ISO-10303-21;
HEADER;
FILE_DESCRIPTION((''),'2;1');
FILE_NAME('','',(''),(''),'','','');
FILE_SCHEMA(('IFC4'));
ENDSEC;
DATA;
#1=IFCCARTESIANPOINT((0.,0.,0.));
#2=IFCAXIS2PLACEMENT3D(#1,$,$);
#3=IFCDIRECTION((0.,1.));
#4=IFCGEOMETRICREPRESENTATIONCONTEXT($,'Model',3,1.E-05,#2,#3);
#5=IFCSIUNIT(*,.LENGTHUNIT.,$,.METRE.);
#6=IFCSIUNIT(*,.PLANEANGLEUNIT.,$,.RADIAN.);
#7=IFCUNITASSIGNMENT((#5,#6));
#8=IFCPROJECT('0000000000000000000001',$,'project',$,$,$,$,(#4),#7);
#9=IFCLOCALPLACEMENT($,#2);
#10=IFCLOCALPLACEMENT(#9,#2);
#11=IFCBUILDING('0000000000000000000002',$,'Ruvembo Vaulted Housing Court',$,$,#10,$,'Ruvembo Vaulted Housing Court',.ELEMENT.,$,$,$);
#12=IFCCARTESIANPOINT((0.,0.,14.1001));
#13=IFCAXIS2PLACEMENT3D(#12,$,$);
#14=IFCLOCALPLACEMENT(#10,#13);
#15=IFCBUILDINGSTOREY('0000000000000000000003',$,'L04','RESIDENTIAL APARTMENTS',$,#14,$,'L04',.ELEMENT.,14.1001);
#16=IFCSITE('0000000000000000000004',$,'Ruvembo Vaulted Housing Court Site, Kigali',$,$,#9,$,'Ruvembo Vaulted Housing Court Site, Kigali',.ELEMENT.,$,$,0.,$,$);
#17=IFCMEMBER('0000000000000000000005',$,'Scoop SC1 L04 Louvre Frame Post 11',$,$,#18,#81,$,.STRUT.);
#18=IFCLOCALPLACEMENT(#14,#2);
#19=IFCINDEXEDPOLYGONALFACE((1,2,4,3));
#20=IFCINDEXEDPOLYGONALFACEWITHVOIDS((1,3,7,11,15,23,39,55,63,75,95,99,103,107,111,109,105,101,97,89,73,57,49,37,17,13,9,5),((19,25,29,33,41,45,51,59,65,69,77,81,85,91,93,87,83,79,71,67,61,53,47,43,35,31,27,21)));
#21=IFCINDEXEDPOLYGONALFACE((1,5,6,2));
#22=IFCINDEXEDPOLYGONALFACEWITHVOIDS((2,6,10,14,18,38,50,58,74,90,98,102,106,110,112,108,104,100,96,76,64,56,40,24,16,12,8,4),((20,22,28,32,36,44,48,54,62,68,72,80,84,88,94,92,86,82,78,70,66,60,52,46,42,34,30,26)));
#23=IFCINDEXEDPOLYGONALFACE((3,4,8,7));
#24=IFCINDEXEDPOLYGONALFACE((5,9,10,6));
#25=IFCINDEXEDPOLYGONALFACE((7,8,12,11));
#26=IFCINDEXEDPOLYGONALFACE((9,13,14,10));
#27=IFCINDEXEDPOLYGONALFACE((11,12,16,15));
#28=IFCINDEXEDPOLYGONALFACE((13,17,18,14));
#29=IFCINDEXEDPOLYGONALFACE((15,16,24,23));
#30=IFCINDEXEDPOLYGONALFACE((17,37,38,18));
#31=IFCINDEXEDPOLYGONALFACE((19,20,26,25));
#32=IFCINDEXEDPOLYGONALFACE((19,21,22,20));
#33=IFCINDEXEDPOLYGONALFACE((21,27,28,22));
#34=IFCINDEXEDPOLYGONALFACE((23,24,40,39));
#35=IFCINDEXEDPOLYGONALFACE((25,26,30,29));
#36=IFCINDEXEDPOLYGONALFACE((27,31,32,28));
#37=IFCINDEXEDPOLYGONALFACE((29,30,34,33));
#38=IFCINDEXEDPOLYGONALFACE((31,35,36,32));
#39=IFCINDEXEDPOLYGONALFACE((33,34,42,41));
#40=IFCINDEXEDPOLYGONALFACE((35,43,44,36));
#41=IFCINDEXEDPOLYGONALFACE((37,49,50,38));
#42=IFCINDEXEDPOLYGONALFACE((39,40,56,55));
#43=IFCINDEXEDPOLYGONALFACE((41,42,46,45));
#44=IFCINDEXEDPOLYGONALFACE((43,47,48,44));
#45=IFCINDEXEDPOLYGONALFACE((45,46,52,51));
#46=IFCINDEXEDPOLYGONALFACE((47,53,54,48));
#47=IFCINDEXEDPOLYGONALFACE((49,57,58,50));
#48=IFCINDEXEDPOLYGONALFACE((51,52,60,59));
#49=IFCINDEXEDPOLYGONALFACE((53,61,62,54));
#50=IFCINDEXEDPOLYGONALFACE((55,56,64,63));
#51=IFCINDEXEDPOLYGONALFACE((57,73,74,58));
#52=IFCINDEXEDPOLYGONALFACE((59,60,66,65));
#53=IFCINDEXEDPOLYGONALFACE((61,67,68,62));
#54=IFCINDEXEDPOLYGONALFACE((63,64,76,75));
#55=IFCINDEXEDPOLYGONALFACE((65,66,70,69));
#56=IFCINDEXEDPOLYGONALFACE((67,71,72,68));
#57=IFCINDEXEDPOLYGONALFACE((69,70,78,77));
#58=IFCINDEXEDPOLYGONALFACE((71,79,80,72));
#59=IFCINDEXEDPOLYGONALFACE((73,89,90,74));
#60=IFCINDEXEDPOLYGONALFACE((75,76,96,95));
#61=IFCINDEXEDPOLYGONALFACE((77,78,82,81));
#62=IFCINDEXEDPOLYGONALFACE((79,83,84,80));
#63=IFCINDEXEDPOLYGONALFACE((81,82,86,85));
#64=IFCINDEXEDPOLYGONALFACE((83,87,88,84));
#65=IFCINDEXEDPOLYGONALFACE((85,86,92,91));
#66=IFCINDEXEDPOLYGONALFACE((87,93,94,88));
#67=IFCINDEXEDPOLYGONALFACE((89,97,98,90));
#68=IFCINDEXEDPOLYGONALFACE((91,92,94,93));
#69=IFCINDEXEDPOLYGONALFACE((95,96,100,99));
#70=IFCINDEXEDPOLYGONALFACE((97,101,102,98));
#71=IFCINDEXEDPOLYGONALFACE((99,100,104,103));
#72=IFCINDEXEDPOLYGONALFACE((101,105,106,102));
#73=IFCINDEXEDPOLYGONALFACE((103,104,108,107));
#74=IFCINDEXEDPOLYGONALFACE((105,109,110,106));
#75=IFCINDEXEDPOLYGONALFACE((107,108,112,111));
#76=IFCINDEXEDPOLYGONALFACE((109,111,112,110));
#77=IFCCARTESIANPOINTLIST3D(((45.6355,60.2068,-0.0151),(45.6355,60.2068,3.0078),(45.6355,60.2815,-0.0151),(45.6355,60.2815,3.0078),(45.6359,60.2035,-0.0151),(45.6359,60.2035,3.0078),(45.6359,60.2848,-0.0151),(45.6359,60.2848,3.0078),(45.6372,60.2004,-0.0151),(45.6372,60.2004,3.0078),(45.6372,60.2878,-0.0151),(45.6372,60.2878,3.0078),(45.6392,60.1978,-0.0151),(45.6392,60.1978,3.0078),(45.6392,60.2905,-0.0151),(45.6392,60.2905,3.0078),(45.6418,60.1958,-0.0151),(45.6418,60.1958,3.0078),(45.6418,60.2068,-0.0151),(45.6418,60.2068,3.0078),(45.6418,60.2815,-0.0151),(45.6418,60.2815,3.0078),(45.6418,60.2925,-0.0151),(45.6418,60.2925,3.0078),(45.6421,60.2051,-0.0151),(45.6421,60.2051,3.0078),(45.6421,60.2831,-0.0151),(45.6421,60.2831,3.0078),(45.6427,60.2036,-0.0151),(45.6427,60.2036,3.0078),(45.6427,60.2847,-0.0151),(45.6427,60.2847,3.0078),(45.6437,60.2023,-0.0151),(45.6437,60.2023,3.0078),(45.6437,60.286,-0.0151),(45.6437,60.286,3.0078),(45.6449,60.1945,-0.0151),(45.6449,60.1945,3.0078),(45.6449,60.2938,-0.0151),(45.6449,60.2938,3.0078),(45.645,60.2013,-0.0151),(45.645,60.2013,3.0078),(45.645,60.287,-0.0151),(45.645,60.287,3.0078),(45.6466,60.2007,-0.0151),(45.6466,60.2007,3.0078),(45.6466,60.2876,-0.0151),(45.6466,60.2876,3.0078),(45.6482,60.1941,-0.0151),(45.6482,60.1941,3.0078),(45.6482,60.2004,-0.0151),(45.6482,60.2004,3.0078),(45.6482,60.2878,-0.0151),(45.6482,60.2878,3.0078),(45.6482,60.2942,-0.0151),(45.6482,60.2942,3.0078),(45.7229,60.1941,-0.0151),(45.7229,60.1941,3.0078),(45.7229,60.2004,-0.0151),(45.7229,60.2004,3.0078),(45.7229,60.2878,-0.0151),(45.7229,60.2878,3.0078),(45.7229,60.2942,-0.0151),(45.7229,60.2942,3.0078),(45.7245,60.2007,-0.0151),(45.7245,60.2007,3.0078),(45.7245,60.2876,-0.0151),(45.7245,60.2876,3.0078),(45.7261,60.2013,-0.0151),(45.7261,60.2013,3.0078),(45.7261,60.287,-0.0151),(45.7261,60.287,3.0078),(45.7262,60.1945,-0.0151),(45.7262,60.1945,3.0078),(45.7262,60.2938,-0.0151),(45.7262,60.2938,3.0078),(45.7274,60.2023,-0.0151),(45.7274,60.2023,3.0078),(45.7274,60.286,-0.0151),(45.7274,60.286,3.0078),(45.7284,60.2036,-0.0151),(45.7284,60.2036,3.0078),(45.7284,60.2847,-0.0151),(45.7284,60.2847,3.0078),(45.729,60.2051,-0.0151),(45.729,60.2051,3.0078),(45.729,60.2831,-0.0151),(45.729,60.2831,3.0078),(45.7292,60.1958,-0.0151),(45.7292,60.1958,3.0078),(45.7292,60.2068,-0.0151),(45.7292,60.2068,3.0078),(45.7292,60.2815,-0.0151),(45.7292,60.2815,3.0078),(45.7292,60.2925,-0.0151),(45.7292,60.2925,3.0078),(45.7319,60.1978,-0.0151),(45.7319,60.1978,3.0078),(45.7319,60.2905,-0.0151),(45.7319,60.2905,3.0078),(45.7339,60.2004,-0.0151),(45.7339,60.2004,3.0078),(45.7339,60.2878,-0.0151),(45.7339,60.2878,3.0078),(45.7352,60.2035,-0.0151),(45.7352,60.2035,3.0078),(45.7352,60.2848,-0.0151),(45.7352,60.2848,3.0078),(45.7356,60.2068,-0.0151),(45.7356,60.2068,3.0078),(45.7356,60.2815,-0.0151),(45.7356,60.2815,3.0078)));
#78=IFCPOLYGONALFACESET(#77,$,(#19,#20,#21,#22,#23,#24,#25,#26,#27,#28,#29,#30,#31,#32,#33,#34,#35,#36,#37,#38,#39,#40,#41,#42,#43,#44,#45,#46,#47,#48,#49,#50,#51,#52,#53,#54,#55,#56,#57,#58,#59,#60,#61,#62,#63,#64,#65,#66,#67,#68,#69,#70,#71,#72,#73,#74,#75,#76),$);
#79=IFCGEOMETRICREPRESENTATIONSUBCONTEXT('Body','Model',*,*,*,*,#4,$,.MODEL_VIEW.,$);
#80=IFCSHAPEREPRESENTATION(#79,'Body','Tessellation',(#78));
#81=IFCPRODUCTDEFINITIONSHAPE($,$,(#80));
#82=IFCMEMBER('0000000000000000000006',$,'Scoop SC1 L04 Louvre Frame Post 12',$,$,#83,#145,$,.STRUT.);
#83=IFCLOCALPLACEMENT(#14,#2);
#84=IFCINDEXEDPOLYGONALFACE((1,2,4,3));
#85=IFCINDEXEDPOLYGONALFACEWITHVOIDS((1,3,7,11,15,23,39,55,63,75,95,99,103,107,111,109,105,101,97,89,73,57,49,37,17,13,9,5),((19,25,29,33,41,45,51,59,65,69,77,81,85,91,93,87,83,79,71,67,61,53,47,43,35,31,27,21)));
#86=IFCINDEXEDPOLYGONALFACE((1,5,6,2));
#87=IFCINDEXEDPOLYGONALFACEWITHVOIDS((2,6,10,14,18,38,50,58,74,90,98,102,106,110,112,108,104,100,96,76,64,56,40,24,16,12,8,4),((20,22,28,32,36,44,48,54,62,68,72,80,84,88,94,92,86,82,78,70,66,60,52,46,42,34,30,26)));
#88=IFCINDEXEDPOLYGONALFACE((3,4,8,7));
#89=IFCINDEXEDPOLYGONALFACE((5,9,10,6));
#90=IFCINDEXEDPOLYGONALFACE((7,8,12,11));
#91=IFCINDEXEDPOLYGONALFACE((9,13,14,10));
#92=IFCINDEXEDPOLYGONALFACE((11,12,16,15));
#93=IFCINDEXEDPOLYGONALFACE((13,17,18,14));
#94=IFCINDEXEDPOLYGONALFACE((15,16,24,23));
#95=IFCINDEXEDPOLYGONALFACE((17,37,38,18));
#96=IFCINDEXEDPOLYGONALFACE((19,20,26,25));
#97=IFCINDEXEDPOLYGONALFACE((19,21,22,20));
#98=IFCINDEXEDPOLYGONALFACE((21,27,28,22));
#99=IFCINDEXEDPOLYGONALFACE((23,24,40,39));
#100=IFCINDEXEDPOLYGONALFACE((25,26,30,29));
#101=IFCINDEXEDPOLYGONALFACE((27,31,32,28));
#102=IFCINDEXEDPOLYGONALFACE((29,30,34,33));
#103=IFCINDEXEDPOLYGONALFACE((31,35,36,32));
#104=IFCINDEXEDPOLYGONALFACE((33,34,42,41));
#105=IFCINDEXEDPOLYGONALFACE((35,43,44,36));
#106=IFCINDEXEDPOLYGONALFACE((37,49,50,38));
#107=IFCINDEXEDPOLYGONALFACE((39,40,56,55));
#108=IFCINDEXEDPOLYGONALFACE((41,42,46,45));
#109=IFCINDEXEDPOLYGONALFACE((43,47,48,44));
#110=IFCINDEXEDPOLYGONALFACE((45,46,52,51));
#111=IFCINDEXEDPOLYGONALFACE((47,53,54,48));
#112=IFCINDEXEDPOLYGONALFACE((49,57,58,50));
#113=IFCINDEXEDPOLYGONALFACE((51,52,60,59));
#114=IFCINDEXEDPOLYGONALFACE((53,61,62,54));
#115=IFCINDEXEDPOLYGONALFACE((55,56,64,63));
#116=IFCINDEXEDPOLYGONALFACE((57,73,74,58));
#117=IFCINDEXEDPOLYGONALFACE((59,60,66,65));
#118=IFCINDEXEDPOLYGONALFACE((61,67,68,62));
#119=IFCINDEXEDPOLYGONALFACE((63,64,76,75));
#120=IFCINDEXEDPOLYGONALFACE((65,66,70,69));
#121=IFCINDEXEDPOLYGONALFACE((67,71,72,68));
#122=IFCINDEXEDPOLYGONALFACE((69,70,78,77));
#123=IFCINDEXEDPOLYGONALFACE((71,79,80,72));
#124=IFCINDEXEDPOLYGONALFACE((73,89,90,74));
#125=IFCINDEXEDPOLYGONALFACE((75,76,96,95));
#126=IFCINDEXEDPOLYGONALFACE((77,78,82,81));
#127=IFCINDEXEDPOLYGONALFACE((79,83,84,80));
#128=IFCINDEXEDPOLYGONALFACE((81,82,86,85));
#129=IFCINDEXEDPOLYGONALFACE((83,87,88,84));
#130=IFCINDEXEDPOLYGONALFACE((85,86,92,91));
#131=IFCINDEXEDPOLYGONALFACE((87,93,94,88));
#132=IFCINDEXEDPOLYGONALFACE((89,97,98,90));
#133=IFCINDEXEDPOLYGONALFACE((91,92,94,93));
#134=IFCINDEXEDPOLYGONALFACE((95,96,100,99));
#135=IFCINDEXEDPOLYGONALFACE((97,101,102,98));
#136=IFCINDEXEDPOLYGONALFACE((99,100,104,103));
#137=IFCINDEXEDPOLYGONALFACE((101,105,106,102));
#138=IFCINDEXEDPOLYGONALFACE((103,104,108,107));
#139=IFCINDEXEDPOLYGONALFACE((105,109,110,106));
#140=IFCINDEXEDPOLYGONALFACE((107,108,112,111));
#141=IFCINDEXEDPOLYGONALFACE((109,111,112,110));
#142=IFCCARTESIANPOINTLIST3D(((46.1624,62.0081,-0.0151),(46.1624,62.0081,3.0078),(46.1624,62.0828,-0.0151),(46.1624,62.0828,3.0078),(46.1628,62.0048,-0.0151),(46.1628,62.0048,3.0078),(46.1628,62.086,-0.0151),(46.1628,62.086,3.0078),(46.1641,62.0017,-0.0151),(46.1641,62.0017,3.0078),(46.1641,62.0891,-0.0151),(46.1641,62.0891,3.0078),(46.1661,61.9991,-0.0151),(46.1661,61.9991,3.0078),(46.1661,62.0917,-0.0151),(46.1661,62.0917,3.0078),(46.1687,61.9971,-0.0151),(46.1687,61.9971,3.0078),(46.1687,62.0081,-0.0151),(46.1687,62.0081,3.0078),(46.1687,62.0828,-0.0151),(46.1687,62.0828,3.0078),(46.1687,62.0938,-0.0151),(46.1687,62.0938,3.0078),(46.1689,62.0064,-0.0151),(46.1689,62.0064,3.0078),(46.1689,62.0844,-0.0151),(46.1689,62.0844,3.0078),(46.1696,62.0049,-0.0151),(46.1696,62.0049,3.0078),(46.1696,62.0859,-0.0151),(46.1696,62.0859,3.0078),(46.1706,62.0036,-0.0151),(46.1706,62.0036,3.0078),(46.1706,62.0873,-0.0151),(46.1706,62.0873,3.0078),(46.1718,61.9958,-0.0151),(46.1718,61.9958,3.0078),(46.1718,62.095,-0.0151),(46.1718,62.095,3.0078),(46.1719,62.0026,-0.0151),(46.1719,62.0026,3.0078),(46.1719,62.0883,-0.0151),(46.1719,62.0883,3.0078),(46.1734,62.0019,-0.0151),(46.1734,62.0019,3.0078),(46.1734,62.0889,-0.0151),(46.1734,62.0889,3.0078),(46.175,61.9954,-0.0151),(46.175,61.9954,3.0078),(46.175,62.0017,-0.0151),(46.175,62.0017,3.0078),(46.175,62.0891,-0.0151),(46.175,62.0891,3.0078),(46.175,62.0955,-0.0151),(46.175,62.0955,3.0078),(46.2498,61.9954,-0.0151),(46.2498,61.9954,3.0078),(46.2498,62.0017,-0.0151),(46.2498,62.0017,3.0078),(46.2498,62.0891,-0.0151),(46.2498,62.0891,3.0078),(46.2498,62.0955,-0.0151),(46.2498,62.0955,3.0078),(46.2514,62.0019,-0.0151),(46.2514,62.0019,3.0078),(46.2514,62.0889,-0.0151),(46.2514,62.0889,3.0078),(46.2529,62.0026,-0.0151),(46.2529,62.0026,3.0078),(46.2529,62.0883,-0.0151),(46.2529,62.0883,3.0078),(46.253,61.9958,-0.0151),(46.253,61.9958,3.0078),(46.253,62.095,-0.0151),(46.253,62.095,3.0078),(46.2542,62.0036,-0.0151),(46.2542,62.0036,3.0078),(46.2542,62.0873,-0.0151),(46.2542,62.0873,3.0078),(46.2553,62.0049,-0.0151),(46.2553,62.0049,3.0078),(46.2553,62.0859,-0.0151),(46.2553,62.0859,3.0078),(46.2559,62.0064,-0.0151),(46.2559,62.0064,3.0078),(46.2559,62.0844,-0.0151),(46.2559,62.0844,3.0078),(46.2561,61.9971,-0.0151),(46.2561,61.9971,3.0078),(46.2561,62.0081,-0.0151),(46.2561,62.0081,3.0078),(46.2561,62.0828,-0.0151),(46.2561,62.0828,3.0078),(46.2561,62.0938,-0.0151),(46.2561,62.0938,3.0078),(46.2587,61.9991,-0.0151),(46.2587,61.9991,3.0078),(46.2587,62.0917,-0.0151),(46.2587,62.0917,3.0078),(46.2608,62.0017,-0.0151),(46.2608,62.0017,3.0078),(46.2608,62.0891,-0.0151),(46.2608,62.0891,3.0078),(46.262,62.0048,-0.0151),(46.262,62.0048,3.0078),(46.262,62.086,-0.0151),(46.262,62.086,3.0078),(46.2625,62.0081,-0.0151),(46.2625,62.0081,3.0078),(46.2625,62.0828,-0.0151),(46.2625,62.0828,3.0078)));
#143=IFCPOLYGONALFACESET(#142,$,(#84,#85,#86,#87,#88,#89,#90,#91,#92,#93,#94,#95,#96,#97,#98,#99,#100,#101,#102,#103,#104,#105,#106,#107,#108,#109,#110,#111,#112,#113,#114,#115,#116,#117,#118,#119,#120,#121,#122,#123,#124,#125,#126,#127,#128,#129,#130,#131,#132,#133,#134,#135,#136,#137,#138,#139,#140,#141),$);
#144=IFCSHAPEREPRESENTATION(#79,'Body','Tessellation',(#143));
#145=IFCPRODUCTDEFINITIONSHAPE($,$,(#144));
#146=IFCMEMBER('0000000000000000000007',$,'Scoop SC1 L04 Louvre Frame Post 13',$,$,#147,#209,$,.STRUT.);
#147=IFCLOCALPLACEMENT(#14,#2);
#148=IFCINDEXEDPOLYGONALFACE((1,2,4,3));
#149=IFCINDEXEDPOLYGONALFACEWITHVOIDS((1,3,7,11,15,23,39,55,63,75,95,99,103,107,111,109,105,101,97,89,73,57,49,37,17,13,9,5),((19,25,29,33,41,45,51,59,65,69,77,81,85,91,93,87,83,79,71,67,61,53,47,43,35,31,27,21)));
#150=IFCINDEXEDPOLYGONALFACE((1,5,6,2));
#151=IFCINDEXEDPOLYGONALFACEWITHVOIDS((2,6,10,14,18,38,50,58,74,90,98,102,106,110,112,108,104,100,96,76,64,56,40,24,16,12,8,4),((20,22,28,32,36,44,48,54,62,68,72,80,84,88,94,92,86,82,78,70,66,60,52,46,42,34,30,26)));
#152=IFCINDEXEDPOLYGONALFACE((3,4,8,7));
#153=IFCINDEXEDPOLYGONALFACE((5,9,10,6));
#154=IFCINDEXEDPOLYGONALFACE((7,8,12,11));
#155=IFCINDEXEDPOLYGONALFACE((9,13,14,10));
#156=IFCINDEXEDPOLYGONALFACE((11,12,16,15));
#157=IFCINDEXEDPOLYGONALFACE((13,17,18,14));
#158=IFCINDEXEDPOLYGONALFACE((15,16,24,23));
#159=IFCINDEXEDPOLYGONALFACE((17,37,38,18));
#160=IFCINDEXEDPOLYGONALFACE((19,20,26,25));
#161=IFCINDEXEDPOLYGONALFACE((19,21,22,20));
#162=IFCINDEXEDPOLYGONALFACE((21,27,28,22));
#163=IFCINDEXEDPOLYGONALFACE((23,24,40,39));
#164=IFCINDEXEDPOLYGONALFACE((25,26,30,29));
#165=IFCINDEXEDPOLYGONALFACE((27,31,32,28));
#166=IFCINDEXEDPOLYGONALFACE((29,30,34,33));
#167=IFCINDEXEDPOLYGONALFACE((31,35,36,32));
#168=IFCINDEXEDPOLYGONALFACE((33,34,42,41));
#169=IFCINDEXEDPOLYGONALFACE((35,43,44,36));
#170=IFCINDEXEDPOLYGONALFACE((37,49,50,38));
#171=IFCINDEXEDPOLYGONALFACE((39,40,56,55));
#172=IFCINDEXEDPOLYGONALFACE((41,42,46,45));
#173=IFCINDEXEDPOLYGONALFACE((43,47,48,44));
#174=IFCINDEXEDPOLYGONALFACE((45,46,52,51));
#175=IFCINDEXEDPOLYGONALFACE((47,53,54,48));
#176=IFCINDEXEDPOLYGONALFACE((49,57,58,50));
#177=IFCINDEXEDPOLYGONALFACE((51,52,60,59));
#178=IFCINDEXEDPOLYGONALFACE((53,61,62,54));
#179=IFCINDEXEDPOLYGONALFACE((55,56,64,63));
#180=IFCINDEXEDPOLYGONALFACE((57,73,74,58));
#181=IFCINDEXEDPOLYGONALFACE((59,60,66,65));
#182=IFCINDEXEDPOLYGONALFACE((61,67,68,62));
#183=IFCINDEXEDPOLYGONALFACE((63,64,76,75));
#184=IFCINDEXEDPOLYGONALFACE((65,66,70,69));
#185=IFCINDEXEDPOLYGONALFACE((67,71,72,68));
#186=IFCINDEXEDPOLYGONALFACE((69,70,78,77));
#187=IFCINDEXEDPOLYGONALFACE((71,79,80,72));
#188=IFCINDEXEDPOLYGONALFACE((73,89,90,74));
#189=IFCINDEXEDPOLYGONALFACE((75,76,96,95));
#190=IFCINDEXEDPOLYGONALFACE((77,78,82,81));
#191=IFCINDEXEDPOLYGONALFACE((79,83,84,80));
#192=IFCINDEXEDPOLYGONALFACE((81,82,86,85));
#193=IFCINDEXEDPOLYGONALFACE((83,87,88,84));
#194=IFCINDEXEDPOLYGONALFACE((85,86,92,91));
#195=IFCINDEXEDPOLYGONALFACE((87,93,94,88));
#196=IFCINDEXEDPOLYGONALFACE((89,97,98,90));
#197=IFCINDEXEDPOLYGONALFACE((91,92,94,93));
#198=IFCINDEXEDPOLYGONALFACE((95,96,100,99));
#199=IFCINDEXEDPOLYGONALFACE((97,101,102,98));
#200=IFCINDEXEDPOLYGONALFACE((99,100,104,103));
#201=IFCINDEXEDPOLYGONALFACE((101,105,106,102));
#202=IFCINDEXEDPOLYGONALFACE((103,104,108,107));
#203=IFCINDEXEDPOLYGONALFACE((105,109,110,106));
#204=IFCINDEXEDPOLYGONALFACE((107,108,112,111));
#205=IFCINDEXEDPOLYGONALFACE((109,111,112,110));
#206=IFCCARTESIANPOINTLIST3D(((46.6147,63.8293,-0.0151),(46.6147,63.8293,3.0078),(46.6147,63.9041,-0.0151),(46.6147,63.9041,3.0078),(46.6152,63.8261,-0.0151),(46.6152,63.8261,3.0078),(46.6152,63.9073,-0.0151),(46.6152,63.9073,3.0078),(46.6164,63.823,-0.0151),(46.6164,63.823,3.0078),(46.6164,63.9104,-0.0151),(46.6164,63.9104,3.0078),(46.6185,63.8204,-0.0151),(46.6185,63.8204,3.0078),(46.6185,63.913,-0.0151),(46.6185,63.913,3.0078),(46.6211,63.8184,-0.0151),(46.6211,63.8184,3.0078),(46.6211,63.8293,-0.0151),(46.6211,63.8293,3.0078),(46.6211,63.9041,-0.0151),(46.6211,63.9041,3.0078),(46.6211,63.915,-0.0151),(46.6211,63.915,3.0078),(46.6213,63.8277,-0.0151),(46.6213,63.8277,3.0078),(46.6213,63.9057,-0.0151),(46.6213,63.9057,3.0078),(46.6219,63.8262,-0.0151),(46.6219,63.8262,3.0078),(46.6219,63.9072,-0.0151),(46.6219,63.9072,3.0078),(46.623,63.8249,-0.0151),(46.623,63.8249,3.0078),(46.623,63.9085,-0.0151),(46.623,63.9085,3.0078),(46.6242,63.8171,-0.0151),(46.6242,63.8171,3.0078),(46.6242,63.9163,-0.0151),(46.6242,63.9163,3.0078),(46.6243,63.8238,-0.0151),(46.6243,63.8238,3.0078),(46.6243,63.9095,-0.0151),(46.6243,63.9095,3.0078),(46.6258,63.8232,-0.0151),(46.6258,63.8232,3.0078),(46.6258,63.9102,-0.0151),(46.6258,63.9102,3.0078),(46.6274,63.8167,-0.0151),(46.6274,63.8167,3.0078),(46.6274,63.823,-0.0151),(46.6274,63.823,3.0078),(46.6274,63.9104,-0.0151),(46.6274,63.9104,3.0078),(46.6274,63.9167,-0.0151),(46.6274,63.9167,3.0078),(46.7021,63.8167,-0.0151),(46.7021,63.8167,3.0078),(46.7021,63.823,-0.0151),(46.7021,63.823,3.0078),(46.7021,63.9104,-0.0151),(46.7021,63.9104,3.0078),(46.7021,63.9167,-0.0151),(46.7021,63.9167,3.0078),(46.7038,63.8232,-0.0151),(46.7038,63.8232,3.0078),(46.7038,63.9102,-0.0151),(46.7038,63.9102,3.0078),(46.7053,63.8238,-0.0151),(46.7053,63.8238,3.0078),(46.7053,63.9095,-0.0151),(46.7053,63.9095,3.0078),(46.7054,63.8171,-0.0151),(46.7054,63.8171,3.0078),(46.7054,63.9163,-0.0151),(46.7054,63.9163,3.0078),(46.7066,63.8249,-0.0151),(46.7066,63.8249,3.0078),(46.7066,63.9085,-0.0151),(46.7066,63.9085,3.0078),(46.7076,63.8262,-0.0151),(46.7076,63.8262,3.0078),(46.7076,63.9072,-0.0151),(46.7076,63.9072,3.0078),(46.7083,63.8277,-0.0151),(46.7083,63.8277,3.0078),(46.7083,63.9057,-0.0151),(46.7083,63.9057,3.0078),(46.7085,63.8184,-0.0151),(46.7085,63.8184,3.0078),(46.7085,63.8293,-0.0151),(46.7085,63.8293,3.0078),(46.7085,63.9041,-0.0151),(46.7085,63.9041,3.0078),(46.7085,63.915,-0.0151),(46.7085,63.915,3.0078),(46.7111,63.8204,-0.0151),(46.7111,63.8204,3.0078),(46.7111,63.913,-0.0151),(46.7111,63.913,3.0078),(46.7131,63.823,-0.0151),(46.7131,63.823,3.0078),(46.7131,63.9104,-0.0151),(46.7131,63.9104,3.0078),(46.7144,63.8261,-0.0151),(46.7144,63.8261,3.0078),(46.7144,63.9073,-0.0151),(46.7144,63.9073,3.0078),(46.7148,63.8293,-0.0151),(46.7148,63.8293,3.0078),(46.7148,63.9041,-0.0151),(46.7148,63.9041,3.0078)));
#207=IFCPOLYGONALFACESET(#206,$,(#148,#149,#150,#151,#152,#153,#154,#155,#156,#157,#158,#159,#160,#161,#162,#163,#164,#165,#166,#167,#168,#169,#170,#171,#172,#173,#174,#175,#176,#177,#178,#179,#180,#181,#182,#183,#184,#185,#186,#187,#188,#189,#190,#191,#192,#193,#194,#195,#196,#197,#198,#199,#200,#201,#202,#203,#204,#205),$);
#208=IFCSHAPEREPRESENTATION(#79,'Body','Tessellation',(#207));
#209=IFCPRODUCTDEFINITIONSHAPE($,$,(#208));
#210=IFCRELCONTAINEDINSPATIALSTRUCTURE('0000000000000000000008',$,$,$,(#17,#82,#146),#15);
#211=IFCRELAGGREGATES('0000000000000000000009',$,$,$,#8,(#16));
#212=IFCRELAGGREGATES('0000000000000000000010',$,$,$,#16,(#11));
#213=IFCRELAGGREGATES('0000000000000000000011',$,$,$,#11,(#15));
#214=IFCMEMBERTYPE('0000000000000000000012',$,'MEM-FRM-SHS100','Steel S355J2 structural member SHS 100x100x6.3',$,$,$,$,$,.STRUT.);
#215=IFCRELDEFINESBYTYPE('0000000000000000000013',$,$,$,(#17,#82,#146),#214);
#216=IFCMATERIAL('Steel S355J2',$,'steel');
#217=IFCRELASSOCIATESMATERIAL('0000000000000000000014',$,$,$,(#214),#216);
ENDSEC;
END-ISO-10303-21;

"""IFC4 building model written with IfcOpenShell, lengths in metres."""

from ifc_helpers import new_model, si_unit, direction, frame, origin, origin_2d, place, context, subcontext, project, spatial, hollow_rectangle, extrude, material, material_profile, profile_set, type_object, element, save


model = new_model("IFC4")

# Units and contexts
model_context = context("Model", 3, precision=1e-05, world=origin(), true_north=direction((0.0, 1.0)))
body_context = subcontext(model_context, "Body", "Model", "MODEL_VIEW")
ifc_project = project(units=[si_unit("LENGTHUNIT", "METRE"), si_unit("PLANEANGLEUNIT", "RADIAN")], contexts=[model_context])

# Site, building, storey
site_placement = place(None, origin())
site = spatial("IfcSite", under=ifc_project, at=site_placement, Name="Ruvembo Vaulted Housing Court Site, Kigali", LongName="Ruvembo Vaulted Housing Court Site, Kigali", CompositionType="ELEMENT", RefElevation=0.0)
building_placement = place(site_placement, origin())
building = spatial("IfcBuilding", under=site, at=building_placement, Name="Ruvembo Vaulted Housing Court", LongName="Ruvembo Vaulted Housing Court", CompositionType="ELEMENT")
storey_placement = place(building_placement, frame((0.0, 0.0, 14.1001)))
storey = spatial("IfcBuildingStorey", under=building, at=storey_placement, Name="L04", Description="RESIDENTIAL APARTMENTS", LongName="L04", CompositionType="ELEMENT", Elevation=14.1001)

# Shared definitions
ifc_material_1 = material(Name="Steel S355J2", Category="steel")

# Members
ifc_material_profile_1 = material_profile(ifc_material_1, hollow_rectangle(XDim=0.1001, YDim=0.1001, WallThickness=0.0063, InnerFilletRadius=0.0063, OuterFilletRadius=0.0127, at=origin_2d()), Name="SHS 100x100x6.3")
ifc_profile_set_1 = profile_set([ifc_material_profile_1], Name="Steel S355J2")
member_type_1 = type_object("IfcMemberType", Name="MEM-FRM-SHS100", Description="Steel S355J2 structural member SHS 100x100x6.3", PredefinedType="STRUT", material=ifc_profile_set_1)
for number, where, z_axis, x_axis, name in (
    (1, (45.6855, 60.2441, -0.0151), (0.0, 0.0, 1.0), (1.0, 0.0, 0.0), "Scoop SC1 L04 Louvre Frame Post 11"),
    (2, (46.2124, 62.0454, -0.0151), (0.0, 0.0, 1.0), (1.0, 0.0, 0.0), "Scoop SC1 L04 Louvre Frame Post 12"),
    (3, (46.6648, 63.8667, -0.0151), (0.0, 0.0, 1.0), (1.0, 0.0, 0.0), "Scoop SC1 L04 Louvre Frame Post 13"),
):
    element("IfcMember", number, at=place(storey_placement, frame(where, z_axis=z_axis, x_axis=x_axis)), inside=storey, type_object=member_type_1, Name=name, PredefinedType="STRUT", context=body_context, shape_type="SweptSolid", body=[
        extrude(hollow_rectangle(XDim=0.1001, YDim=0.1001, WallThickness=0.0063, InnerFilletRadius=0.0063, OuterFilletRadius=0.0127, at=origin_2d()), origin(), (0.0, 0.0, 1.0), 3.0229),
    ])

save(model, "model.ifc")
